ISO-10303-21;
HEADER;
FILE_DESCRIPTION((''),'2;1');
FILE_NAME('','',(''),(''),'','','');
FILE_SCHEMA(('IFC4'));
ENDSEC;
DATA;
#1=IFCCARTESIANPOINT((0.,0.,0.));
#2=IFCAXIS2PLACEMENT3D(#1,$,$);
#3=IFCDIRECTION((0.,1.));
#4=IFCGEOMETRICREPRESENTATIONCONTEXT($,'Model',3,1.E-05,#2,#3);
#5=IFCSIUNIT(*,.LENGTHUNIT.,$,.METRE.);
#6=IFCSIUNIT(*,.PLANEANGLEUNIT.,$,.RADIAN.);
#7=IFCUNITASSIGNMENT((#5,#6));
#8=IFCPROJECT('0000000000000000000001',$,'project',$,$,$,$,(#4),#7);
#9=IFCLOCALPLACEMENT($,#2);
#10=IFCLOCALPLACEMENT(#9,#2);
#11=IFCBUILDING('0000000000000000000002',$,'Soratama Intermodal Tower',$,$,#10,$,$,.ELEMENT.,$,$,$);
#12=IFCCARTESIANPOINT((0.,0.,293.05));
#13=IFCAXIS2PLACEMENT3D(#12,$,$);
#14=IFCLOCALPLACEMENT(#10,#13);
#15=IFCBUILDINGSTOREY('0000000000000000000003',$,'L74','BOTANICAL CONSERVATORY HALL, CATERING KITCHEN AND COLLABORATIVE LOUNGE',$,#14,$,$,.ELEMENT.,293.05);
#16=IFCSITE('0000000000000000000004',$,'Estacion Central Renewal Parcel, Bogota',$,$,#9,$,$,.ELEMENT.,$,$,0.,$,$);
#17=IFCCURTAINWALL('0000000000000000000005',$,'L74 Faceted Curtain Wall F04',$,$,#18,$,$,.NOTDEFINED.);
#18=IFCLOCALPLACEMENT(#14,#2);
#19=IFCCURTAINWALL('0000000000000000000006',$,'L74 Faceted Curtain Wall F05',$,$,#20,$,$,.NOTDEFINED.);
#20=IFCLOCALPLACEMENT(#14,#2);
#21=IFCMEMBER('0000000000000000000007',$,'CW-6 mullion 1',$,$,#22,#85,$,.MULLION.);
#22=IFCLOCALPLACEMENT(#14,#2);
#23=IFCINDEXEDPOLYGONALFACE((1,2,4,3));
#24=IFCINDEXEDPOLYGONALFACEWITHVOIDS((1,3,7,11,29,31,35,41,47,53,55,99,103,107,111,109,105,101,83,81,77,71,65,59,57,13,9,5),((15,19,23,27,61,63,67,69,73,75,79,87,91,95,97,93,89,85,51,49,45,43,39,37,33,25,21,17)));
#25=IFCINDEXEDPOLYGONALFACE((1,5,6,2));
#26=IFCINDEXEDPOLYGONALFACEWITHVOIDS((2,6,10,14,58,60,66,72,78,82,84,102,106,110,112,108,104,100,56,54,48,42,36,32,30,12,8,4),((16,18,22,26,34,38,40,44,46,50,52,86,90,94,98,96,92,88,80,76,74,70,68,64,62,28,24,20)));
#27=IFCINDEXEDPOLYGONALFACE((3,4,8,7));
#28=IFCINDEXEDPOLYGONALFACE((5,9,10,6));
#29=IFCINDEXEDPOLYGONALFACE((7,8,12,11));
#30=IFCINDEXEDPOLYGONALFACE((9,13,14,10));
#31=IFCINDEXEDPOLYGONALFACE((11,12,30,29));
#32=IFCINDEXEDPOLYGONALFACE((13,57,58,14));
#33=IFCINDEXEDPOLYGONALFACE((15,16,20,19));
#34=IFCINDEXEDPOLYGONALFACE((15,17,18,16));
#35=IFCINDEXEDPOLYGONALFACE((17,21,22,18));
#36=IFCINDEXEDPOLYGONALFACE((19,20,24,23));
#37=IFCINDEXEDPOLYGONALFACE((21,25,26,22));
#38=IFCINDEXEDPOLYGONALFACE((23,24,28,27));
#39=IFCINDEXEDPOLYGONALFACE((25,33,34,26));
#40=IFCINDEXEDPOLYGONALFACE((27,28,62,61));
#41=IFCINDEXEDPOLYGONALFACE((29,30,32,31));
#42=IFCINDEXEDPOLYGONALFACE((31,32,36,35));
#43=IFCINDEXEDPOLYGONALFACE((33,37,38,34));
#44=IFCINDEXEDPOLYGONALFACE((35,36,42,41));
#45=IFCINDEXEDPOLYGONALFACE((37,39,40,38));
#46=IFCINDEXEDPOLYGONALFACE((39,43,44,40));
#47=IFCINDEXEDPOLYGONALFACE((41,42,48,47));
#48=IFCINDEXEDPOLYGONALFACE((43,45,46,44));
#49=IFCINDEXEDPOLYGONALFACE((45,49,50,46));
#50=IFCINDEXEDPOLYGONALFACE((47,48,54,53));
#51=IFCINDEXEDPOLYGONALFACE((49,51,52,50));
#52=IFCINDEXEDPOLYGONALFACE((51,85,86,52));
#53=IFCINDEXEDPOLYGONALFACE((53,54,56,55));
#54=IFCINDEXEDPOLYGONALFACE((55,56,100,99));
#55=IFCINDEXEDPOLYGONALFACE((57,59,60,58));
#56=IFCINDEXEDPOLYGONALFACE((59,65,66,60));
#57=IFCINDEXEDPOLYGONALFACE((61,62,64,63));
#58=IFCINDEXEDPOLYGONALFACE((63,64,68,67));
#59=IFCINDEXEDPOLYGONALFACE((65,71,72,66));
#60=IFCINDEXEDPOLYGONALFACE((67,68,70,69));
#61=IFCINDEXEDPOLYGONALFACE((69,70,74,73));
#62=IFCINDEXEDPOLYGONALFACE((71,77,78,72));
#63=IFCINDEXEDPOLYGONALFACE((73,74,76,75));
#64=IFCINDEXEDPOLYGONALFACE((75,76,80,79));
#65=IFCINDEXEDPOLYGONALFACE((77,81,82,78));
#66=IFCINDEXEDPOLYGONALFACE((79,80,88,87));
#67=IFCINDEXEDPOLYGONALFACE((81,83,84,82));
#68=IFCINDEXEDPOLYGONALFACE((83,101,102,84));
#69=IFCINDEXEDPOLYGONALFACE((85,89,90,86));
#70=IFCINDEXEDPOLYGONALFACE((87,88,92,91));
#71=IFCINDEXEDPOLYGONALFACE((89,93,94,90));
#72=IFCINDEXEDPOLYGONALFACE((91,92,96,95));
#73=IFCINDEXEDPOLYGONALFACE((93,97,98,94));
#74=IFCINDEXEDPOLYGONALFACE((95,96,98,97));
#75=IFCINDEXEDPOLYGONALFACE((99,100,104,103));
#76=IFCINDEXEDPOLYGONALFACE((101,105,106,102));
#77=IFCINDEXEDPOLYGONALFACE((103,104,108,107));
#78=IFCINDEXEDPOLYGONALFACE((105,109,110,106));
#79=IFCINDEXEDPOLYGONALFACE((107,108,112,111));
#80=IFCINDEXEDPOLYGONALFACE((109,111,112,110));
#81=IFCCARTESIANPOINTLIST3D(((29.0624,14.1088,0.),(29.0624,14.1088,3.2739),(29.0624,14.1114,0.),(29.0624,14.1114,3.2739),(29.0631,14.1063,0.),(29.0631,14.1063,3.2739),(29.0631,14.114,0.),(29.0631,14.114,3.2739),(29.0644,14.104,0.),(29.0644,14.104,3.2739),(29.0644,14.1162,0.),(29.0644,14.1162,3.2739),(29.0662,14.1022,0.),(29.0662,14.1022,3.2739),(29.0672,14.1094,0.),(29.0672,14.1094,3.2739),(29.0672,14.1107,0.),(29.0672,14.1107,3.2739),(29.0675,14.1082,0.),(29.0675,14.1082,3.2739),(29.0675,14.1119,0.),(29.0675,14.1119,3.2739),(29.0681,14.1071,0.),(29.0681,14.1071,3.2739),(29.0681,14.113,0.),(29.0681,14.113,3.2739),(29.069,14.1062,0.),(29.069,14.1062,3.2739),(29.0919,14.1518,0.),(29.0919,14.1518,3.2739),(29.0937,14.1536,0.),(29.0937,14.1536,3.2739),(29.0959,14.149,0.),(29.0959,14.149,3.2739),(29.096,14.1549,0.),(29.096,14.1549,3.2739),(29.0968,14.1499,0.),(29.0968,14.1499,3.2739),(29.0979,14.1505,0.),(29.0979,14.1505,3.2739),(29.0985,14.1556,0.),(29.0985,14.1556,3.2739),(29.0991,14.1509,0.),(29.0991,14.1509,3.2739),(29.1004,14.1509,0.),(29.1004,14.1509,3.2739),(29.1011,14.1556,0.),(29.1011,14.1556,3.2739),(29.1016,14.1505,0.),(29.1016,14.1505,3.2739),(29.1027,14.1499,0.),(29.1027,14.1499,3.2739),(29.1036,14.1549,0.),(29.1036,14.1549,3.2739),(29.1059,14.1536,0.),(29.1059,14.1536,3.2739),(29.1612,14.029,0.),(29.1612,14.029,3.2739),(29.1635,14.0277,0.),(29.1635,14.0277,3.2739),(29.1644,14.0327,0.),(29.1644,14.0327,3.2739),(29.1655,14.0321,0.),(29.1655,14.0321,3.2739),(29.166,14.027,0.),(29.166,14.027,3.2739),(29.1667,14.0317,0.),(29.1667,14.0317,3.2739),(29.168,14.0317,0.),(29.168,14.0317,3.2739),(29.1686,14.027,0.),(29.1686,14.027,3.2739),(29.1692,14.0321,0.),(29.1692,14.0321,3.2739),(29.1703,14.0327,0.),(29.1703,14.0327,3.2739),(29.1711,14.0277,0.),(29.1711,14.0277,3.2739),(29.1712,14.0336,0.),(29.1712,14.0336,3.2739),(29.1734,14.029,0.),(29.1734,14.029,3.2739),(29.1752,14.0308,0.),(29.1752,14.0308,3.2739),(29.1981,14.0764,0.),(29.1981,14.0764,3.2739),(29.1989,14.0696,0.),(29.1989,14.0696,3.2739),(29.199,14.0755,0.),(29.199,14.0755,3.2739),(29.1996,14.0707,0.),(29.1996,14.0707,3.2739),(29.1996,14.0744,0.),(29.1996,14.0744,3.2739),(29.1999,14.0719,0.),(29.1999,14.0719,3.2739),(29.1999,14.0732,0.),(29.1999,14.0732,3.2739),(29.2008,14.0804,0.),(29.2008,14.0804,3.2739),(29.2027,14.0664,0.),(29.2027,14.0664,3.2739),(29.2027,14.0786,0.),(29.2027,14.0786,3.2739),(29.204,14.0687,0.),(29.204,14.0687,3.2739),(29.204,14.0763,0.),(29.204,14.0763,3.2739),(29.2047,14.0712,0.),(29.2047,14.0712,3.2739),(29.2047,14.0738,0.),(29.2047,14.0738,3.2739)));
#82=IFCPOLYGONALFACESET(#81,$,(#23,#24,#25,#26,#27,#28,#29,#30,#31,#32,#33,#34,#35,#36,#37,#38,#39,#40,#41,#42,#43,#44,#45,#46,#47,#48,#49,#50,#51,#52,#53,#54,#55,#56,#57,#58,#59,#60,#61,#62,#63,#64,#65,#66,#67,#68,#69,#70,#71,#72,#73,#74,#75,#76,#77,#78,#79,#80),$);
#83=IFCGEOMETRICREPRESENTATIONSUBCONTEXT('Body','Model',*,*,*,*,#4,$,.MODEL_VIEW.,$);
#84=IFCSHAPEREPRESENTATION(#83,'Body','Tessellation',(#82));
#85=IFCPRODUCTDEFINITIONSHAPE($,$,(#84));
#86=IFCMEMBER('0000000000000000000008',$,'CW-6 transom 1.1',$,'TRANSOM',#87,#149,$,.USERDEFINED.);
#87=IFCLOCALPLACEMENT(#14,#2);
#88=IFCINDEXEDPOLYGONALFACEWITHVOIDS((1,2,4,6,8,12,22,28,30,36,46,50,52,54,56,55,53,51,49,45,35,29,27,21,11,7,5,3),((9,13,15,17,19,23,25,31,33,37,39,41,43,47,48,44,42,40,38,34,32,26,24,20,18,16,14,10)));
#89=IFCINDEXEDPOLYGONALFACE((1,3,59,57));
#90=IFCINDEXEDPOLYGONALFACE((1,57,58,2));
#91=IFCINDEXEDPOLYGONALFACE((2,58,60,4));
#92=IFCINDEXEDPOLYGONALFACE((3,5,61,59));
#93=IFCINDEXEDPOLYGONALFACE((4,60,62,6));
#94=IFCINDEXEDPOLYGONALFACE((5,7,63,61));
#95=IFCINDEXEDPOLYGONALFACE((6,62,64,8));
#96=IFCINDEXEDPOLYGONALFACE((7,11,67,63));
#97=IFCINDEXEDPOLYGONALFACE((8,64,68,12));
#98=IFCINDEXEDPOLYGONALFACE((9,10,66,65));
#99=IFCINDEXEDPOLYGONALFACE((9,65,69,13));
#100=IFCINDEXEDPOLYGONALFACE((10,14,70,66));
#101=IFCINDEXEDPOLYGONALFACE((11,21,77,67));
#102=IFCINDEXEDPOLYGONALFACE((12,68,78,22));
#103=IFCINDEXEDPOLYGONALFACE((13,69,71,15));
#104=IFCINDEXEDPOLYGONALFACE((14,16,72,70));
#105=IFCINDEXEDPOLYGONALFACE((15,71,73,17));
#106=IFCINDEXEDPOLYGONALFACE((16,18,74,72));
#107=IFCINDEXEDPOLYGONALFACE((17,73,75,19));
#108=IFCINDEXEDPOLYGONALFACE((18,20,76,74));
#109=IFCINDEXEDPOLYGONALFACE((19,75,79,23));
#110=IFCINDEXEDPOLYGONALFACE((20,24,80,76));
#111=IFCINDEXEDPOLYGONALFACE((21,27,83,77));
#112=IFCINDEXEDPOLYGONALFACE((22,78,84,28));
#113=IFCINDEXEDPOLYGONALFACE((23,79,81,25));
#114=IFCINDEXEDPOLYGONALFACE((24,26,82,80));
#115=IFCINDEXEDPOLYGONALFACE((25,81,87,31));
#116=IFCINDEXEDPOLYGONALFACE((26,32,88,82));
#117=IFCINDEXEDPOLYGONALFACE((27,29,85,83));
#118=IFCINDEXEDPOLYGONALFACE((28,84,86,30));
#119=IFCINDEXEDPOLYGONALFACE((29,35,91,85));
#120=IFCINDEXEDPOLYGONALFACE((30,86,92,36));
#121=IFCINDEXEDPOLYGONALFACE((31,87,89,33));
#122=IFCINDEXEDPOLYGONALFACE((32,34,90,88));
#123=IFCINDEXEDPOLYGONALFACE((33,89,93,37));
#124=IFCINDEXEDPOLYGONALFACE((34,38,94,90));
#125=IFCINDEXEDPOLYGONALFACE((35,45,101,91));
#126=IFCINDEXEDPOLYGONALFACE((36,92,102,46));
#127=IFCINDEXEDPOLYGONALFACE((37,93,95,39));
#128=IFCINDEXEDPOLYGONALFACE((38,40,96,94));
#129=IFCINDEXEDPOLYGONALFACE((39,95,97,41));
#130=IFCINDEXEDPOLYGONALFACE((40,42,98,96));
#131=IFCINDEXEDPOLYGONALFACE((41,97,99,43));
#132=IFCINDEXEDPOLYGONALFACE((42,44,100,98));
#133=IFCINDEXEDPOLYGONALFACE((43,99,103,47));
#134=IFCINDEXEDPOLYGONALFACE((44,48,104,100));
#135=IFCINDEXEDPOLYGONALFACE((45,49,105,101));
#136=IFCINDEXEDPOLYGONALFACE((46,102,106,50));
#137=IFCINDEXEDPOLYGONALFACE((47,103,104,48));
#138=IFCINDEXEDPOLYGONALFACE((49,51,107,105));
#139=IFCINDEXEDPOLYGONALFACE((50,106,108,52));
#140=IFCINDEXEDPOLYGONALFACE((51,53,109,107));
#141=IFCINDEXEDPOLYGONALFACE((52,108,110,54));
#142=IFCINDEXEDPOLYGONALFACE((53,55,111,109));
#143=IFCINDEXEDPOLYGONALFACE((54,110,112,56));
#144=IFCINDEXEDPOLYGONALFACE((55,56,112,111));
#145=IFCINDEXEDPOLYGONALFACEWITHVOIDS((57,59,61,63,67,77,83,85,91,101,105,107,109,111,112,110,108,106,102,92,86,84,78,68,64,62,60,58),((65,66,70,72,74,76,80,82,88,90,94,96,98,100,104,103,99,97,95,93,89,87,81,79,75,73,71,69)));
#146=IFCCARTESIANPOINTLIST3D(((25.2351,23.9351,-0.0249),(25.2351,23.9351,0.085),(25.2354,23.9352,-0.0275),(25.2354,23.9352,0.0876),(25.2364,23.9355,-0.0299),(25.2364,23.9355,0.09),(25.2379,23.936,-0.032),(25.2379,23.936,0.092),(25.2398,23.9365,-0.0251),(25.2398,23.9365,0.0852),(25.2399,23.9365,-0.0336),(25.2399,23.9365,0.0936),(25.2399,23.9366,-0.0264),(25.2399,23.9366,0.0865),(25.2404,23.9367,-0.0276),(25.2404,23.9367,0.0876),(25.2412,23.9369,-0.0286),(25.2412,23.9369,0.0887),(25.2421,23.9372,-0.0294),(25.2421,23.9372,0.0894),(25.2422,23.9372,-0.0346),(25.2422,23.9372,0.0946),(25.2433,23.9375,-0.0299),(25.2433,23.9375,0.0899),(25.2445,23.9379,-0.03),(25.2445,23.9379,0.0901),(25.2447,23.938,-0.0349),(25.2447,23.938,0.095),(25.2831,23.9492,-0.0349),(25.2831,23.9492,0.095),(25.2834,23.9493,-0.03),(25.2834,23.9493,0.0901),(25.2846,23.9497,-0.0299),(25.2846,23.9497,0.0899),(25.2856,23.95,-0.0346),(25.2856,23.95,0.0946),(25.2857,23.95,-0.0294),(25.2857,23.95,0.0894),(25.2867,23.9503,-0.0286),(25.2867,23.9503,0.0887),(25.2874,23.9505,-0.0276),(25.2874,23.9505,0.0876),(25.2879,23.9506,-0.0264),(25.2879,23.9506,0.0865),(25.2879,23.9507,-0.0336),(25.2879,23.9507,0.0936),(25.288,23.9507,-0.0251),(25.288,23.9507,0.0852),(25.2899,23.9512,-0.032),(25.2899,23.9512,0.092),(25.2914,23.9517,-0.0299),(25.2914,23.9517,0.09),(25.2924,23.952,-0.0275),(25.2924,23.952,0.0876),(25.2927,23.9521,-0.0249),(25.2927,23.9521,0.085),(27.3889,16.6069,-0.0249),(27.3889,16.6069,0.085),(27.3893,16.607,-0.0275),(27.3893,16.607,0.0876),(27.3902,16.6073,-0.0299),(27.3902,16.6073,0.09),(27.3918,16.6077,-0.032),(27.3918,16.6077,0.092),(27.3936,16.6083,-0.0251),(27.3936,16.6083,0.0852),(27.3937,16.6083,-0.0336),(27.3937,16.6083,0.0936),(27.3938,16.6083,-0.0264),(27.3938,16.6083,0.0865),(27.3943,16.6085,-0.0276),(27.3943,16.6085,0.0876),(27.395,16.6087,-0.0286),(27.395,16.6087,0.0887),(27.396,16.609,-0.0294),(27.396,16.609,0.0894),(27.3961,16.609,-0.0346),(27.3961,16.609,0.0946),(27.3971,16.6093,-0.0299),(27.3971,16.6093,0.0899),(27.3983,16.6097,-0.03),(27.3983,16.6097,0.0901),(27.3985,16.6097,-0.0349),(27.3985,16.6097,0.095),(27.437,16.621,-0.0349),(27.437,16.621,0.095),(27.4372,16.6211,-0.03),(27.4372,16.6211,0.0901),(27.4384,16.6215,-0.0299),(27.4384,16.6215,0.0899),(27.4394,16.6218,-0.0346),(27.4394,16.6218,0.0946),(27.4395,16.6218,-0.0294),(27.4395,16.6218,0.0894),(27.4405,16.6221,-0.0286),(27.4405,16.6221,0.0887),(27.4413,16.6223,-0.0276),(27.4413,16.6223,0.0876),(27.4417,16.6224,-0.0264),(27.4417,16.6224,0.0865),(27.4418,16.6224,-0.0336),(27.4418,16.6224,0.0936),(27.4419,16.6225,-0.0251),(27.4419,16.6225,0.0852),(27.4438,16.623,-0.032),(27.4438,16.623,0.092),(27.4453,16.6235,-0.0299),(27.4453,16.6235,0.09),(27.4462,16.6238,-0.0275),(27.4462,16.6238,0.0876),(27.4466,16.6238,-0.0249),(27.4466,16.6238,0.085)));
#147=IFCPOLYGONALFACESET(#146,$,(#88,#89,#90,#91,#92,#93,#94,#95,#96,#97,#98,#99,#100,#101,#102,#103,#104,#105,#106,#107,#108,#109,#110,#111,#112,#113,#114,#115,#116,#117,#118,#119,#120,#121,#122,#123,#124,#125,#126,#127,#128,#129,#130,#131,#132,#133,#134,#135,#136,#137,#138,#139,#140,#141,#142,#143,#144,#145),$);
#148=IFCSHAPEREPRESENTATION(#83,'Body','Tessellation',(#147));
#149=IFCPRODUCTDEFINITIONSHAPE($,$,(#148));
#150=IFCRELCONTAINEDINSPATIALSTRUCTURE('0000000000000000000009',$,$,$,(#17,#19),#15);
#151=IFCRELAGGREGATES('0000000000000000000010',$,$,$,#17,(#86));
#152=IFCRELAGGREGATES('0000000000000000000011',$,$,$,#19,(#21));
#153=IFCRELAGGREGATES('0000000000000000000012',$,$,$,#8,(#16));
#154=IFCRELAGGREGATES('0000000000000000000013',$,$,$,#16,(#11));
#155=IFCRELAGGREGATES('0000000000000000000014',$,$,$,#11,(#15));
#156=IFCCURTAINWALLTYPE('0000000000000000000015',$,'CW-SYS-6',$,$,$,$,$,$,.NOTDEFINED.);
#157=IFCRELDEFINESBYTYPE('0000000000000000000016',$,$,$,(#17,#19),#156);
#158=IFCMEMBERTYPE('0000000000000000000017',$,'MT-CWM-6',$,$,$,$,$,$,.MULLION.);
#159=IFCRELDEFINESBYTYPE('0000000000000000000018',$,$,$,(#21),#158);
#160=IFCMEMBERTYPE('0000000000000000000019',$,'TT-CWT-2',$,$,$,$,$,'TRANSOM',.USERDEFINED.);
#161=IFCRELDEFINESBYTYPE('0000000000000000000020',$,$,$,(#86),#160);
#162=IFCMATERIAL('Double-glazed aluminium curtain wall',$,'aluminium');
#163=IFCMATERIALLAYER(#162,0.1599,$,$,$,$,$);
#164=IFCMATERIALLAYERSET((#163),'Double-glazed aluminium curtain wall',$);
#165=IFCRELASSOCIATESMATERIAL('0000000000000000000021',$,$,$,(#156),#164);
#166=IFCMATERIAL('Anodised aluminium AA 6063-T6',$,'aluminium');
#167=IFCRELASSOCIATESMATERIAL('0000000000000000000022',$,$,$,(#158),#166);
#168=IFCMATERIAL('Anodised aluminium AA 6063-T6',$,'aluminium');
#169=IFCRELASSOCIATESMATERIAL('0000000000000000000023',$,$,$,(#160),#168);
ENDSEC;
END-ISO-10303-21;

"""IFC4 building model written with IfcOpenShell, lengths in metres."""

from ifc_helpers import new_model, si_unit, direction, frame, origin, origin_2d, place, context, subcontext, project, spatial, hollow_rectangle, extrude, material, layer, layer_set, material_profile, profile_set, type_object, element, aggregate, save


model = new_model("IFC4")

# Units and contexts
model_context = context("Model", 3, precision=1e-05, world=origin(), true_north=direction((0.0, 1.0)))
body_context = subcontext(model_context, "Body", "Model", "MODEL_VIEW")
ifc_project = project(units=[si_unit("LENGTHUNIT", "METRE"), si_unit("PLANEANGLEUNIT", "RADIAN")], contexts=[model_context])

# Site, building, storey
site_placement = place(None, origin())
site = spatial("IfcSite", under=ifc_project, at=site_placement, Name="Estacion Central Renewal Parcel, Bogota", CompositionType="ELEMENT", RefElevation=0.0)
building_placement = place(site_placement, origin())
building = spatial("IfcBuilding", under=site, at=building_placement, Name="Soratama Intermodal Tower", CompositionType="ELEMENT")
storey_placement = place(building_placement, frame((0.0, 0.0, 293.05)))
storey = spatial("IfcBuildingStorey", under=building, at=storey_placement, Name="L74", Description="BOTANICAL CONSERVATORY HALL, CATERING KITCHEN AND COLLABORATIVE LOUNGE", CompositionType="ELEMENT", Elevation=293.05)

# Curtain wall
ifc_material_1 = material(Name="Double-glazed aluminium curtain wall", Category="aluminium")
ifc_layer_1 = layer(ifc_material_1, 0.1599)
ifc_layer_set_1 = layer_set([ifc_layer_1], Name="Double-glazed aluminium curtain wall")
curtain_wall_type = type_object("IfcCurtainWallType", Name="CW-SYS-6", PredefinedType="NOTDEFINED", material=ifc_layer_set_1)
curtain_wall_1_placement = place(storey_placement, origin())
curtain_wall_1 = element("IfcCurtainWall", 1, at=curtain_wall_1_placement, inside=storey, type_object=curtain_wall_type, Name="L74 Faceted Curtain Wall F04", PredefinedType="NOTDEFINED")
ifc_material_2 = material(Name="Anodised aluminium AA 6063-T6", Category="aluminium")
ifc_material_profile_1 = material_profile(ifc_material_2, hollow_rectangle(XDim=0.0649, YDim=0.1399, WallThickness=0.0049, InnerFilletRadius=0.0049, OuterFilletRadius=0.01, at=origin_2d()), Name="CWM140X65X5")
ifc_profile_set_1 = profile_set([ifc_material_profile_1], Name="Anodised aluminium AA 6063-T6")
member_type_1 = type_object("IfcMemberType", Name="MT-CWM-6", PredefinedType="MULLION", material=ifc_profile_set_1)

# Curtain wall, member
curtain_wall_2_placement = place(storey_placement, origin())
curtain_wall_2 = element("IfcCurtainWall", 2, at=curtain_wall_2_placement, inside=storey, type_object=curtain_wall_type, Name="L74 Faceted Curtain Wall F05", PredefinedType="NOTDEFINED")
member_1_placement = place(storey_placement, frame((29.1335, 14.0913, 0.0), z_axis=(0.0, 0.0, 1.0), x_axis=(0.610421, 0.792077, 0.0)))
member_1 = element("IfcMember", 3, at=member_1_placement, type_object=member_type_1, Name="CW-6 mullion 1", PredefinedType="MULLION", context=body_context, shape_type="SweptSolid", body=[
    extrude(hollow_rectangle(XDim=0.0649, YDim=0.1399, WallThickness=0.0049, InnerFilletRadius=0.0049, OuterFilletRadius=0.01, at=origin_2d()), origin(), (0.0, 0.0, 1.0), 3.2739),
])

# Member
ifc_material_3 = material(Name="Anodised aluminium AA 6063-T6", Category="aluminium")
ifc_material_profile_2 = material_profile(ifc_material_3, hollow_rectangle(XDim=0.0601, YDim=0.1299, WallThickness=0.0049, InnerFilletRadius=0.0049, OuterFilletRadius=0.01, at=origin_2d()), Name="CWT130X60X5")
ifc_profile_set_2 = profile_set([ifc_material_profile_2], Name="Anodised aluminium AA 6063-T6")
member_type_2 = type_object("IfcMemberType", Name="TT-CWT-2", ElementType="TRANSOM", PredefinedType="USERDEFINED", material=ifc_profile_set_2)
member_2_placement = place(storey_placement, frame((25.2639, 23.9436, 0.03), z_axis=(0.281983, -0.959419, 0.0), x_axis=(0.959419, 0.281983, 0.0)))
member_2 = element("IfcMember", 4, at=member_2_placement, type_object=member_type_2, Name="CW-6 transom 1.1", ObjectType="TRANSOM", PredefinedType="USERDEFINED", context=body_context, shape_type="SweptSolid", body=[
    extrude(hollow_rectangle(XDim=0.0601, YDim=0.1299, WallThickness=0.0049, InnerFilletRadius=0.0049, OuterFilletRadius=0.01, at=origin_2d()), origin(), (0.0, 0.0, 1.0), 7.6382),
])

aggregate(curtain_wall_1, [member_2])
aggregate(curtain_wall_2, [member_1])

save(model, "model.ifc")
